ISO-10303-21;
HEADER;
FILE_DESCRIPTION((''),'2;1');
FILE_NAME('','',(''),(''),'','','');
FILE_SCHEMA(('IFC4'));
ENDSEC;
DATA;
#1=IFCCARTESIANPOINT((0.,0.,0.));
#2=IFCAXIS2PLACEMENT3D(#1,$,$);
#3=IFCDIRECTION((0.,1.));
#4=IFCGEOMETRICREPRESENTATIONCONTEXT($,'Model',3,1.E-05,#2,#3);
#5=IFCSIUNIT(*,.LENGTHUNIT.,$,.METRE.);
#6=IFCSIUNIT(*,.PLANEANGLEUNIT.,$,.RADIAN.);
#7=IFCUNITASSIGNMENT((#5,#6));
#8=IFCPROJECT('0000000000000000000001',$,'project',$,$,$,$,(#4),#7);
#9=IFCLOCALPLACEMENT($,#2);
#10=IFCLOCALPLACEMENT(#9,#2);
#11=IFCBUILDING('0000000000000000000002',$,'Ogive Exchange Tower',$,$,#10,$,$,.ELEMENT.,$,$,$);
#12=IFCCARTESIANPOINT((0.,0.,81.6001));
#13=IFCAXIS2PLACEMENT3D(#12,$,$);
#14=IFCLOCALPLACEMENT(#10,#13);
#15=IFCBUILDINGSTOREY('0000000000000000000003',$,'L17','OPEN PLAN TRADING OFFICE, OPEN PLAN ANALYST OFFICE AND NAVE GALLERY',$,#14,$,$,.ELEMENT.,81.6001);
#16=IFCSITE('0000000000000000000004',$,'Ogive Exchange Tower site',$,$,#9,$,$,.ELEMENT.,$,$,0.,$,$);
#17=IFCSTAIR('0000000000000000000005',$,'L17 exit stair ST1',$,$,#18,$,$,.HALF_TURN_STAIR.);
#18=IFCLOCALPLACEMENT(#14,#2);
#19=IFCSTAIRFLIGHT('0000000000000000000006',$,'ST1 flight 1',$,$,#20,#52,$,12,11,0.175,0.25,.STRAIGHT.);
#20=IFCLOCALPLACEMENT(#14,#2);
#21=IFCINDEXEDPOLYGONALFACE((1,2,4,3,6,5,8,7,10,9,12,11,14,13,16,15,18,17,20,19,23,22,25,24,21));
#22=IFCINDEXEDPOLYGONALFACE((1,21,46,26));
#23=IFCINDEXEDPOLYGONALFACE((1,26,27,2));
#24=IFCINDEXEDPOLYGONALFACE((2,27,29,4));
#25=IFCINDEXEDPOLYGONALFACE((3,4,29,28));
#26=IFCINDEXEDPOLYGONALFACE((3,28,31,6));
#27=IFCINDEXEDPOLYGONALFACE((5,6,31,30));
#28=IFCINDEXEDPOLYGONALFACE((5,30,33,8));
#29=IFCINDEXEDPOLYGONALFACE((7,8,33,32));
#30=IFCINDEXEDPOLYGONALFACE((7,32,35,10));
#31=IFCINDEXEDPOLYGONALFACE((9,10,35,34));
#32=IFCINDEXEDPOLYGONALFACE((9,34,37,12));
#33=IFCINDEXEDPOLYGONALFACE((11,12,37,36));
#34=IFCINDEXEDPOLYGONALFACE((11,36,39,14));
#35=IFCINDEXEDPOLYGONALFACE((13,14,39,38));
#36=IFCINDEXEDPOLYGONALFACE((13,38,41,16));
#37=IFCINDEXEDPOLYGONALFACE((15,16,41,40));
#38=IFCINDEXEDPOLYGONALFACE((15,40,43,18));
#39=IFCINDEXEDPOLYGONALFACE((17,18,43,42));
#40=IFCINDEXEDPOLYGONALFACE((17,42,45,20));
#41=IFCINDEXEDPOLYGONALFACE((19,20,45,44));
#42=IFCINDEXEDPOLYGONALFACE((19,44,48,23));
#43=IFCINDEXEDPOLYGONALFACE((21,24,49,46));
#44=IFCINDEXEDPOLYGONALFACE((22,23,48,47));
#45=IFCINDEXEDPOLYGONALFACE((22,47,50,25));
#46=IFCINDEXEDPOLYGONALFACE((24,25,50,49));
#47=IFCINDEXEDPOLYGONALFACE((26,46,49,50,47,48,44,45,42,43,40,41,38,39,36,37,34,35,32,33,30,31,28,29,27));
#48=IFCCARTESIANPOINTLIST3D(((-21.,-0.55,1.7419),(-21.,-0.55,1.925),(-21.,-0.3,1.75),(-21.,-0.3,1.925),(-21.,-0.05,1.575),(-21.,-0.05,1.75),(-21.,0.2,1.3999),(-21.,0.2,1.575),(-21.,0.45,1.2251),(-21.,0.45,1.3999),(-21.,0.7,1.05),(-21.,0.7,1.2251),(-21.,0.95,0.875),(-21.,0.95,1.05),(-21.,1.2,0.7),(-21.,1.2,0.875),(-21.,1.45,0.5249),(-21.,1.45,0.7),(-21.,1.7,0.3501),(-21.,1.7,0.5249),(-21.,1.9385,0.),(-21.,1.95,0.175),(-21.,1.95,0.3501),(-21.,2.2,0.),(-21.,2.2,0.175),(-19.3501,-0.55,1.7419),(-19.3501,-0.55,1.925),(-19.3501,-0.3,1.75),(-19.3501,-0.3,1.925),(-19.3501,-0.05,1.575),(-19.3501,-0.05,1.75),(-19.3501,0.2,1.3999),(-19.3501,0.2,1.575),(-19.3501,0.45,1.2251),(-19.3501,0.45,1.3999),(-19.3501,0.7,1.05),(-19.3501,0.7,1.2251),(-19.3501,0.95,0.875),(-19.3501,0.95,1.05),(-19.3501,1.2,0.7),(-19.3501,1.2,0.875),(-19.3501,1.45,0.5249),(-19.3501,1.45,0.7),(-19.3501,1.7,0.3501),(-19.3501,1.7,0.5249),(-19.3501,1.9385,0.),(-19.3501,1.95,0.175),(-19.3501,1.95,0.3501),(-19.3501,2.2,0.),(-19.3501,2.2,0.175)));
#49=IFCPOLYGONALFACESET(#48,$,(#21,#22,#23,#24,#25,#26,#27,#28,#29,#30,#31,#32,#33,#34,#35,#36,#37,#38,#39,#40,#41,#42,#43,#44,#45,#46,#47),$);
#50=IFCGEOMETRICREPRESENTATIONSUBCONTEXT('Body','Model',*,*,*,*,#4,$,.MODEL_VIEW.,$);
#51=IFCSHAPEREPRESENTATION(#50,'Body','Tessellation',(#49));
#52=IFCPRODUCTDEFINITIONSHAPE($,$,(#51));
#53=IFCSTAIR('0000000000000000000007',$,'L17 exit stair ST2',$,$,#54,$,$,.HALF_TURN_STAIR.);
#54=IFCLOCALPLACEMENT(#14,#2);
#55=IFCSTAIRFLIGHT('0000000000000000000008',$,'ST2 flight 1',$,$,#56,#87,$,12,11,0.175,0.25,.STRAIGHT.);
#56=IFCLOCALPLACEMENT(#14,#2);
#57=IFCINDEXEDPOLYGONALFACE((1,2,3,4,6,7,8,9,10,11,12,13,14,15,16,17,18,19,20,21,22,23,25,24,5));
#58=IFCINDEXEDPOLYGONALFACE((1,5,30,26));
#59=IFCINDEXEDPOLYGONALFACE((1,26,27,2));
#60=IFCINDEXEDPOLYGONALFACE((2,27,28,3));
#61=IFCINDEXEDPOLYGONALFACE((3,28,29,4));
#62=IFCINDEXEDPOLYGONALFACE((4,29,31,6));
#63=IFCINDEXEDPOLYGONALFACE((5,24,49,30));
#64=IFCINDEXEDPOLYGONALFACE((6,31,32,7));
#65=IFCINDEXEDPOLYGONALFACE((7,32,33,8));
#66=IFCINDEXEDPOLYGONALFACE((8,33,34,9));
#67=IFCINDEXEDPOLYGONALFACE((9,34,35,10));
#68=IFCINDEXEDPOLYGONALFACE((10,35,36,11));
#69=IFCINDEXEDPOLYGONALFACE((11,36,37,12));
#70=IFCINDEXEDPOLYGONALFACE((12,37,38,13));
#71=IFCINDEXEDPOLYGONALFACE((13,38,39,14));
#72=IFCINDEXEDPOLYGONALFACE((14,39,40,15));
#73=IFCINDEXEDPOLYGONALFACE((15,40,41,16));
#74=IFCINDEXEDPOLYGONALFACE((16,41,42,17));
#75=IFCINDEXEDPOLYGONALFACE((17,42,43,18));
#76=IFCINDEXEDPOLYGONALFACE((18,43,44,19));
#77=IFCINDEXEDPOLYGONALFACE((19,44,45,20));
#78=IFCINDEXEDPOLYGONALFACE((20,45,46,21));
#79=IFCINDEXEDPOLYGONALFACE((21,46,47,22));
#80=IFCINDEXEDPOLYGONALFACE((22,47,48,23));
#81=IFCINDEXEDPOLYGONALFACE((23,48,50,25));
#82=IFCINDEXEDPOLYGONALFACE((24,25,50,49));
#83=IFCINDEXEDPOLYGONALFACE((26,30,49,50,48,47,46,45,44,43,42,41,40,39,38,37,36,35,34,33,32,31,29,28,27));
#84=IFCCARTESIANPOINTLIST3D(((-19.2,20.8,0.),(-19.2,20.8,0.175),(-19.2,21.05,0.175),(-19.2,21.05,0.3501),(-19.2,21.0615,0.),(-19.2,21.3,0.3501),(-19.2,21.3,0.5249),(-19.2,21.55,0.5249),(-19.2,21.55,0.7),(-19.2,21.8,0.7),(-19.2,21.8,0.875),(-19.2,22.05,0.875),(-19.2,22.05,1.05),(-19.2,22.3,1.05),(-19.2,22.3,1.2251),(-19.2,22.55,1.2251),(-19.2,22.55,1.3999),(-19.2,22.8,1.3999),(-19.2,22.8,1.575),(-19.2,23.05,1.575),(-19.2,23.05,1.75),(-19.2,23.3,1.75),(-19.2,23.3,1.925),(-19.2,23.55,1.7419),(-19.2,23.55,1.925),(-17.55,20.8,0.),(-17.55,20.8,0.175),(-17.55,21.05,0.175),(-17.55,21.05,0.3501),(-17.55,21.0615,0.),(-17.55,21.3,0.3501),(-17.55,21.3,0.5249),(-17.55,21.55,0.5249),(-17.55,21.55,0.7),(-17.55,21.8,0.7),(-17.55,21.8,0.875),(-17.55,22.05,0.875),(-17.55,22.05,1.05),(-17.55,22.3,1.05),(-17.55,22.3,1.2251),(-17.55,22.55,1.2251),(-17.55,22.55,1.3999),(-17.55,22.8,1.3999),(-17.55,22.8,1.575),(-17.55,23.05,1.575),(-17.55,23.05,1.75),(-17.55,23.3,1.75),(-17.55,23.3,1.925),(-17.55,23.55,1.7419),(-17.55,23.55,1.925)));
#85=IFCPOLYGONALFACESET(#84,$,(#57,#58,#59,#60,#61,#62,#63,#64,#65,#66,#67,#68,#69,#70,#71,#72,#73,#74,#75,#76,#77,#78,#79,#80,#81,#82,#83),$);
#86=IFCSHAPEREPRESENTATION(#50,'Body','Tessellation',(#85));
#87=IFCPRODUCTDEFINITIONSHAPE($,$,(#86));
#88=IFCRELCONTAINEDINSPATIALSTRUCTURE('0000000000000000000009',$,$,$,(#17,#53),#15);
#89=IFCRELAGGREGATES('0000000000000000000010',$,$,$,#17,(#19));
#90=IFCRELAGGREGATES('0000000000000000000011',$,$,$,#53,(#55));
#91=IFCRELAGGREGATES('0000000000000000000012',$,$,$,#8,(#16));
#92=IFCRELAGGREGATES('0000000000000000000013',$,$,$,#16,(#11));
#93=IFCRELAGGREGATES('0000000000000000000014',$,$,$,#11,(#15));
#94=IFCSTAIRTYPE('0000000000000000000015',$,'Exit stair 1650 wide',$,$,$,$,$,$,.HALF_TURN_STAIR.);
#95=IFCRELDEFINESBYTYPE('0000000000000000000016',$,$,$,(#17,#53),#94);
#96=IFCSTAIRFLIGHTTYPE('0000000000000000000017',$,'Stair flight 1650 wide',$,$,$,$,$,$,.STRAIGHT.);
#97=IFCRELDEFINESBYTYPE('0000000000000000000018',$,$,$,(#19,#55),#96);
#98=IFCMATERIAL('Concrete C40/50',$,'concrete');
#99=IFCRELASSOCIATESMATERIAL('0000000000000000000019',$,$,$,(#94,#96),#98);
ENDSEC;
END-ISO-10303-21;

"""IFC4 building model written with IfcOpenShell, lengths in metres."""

from ifc_helpers import new_model, si_unit, direction, frame, origin, place, context, subcontext, project, spatial, polyline, outline, extrude, material, type_object, element, aggregate, save


model = new_model("IFC4")

# Units and contexts
model_context = context("Model", 3, precision=1e-05, world=origin(), true_north=direction((0.0, 1.0)))
body_context = subcontext(model_context, "Body", "Model", "MODEL_VIEW")
ifc_project = project(units=[si_unit("LENGTHUNIT", "METRE"), si_unit("PLANEANGLEUNIT", "RADIAN")], contexts=[model_context])

# Site, building, storey
site_placement = place(None, origin())
site = spatial("IfcSite", under=ifc_project, at=site_placement, Name="Ogive Exchange Tower site", CompositionType="ELEMENT", RefElevation=0.0)
building_placement = place(site_placement, origin())
building = spatial("IfcBuilding", under=site, at=building_placement, Name="Ogive Exchange Tower", CompositionType="ELEMENT")
storey_placement = place(building_placement, frame((0.0, 0.0, 81.6001)))
storey = spatial("IfcBuildingStorey", under=building, at=storey_placement, Name="L17", Description="OPEN PLAN TRADING OFFICE, OPEN PLAN ANALYST OFFICE AND NAVE GALLERY", CompositionType="ELEMENT", Elevation=81.6001)

# Stairs, stair flights
ifc_material_1 = material(Name="Concrete C40/50", Category="concrete")
stair_type = type_object("IfcStairType", Name="Exit stair 1650 wide", PredefinedType="HALF_TURN_STAIR", material=ifc_material_1)
stair_1_placement = place(storey_placement, origin())
stair_1 = element("IfcStair", 1, at=stair_1_placement, inside=storey, type_object=stair_type, Name="L17 exit stair ST1", PredefinedType="HALF_TURN_STAIR")
stair_flight_type = type_object("IfcStairFlightType", Name="Stair flight 1650 wide", PredefinedType="STRAIGHT", material=ifc_material_1)
stair_flight_1_placement = place(storey_placement, frame((-20.175, 2.2, 0.0), z_axis=(0.0, 0.0, 1.0), x_axis=(0.0, -1.0, 0.0)))
stair_flight_1 = element("IfcStairFlight", 2, at=stair_flight_1_placement, type_object=stair_flight_type, Name="ST1 flight 1", NumberOfRisers=12, NumberOfTreads=11, PredefinedType="STRAIGHT", RiserHeight=0.175, TreadLength=0.25, context=body_context, shape_type="SweptSolid", body=[
    extrude(outline(polyline([(0.0, 0.0), (0.0, 0.175), (0.25, 0.175), (0.25, 0.3501), (0.5, 0.3501), (0.5, 0.5249), (0.75, 0.5249), (0.75, 0.7), (1.0, 0.7), (1.0, 0.875), (1.25, 0.875), (1.25, 1.05), (1.5, 1.05), (1.5, 1.2251), (1.75, 1.2251), (1.75, 1.3999), (2.0, 1.3999), (2.0, 1.575), (2.25, 1.575), (2.25, 1.75), (2.5, 1.75), (2.5, 1.925), (2.75, 1.925), (2.75, 2.1001), (2.75, 1.7419), (0.2615, 0.0), (0.0, 0.0)])), frame((0.0, 0.825, 0.0), z_axis=(0.0, -1.0, 0.0), x_axis=(1.0, 0.0, 0.0)), (0.0, 0.0, 1.0), 1.6499),
])
aggregate(stair_1, [stair_flight_1])
stair_2_placement = place(storey_placement, origin())
stair_2 = element("IfcStair", 3, at=stair_2_placement, inside=storey, type_object=stair_type, Name="L17 exit stair ST2", PredefinedType="HALF_TURN_STAIR")
stair_flight_2_placement = place(storey_placement, frame((-18.375, 20.8, 0.0), z_axis=(0.0, 0.0, 1.0), x_axis=(0.0, 1.0, 0.0)))
stair_flight_2 = element("IfcStairFlight", 4, at=stair_flight_2_placement, type_object=stair_flight_type, Name="ST2 flight 1", NumberOfRisers=12, NumberOfTreads=11, PredefinedType="STRAIGHT", RiserHeight=0.175, TreadLength=0.25, context=body_context, shape_type="SweptSolid", body=[
    extrude(outline(polyline([(0.0, 0.0), (0.0, 0.175), (0.25, 0.175), (0.25, 0.3501), (0.5, 0.3501), (0.5, 0.5249), (0.75, 0.5249), (0.75, 0.7), (1.0, 0.7), (1.0, 0.875), (1.25, 0.875), (1.25, 1.05), (1.5, 1.05), (1.5, 1.2251), (1.75, 1.2251), (1.75, 1.3999), (2.0, 1.3999), (2.0, 1.575), (2.25, 1.575), (2.25, 1.75), (2.5, 1.75), (2.5, 1.925), (2.75, 1.925), (2.75, 2.1001), (2.75, 1.7419), (0.2615, 0.0), (0.0, 0.0)])), frame((0.0, 0.825, 0.0), z_axis=(0.0, -1.0, 0.0), x_axis=(1.0, 0.0, 0.0)), (0.0, 0.0, 1.0), 1.6499),
])
aggregate(stair_2, [stair_flight_2])

save(model, "model.ifc")
